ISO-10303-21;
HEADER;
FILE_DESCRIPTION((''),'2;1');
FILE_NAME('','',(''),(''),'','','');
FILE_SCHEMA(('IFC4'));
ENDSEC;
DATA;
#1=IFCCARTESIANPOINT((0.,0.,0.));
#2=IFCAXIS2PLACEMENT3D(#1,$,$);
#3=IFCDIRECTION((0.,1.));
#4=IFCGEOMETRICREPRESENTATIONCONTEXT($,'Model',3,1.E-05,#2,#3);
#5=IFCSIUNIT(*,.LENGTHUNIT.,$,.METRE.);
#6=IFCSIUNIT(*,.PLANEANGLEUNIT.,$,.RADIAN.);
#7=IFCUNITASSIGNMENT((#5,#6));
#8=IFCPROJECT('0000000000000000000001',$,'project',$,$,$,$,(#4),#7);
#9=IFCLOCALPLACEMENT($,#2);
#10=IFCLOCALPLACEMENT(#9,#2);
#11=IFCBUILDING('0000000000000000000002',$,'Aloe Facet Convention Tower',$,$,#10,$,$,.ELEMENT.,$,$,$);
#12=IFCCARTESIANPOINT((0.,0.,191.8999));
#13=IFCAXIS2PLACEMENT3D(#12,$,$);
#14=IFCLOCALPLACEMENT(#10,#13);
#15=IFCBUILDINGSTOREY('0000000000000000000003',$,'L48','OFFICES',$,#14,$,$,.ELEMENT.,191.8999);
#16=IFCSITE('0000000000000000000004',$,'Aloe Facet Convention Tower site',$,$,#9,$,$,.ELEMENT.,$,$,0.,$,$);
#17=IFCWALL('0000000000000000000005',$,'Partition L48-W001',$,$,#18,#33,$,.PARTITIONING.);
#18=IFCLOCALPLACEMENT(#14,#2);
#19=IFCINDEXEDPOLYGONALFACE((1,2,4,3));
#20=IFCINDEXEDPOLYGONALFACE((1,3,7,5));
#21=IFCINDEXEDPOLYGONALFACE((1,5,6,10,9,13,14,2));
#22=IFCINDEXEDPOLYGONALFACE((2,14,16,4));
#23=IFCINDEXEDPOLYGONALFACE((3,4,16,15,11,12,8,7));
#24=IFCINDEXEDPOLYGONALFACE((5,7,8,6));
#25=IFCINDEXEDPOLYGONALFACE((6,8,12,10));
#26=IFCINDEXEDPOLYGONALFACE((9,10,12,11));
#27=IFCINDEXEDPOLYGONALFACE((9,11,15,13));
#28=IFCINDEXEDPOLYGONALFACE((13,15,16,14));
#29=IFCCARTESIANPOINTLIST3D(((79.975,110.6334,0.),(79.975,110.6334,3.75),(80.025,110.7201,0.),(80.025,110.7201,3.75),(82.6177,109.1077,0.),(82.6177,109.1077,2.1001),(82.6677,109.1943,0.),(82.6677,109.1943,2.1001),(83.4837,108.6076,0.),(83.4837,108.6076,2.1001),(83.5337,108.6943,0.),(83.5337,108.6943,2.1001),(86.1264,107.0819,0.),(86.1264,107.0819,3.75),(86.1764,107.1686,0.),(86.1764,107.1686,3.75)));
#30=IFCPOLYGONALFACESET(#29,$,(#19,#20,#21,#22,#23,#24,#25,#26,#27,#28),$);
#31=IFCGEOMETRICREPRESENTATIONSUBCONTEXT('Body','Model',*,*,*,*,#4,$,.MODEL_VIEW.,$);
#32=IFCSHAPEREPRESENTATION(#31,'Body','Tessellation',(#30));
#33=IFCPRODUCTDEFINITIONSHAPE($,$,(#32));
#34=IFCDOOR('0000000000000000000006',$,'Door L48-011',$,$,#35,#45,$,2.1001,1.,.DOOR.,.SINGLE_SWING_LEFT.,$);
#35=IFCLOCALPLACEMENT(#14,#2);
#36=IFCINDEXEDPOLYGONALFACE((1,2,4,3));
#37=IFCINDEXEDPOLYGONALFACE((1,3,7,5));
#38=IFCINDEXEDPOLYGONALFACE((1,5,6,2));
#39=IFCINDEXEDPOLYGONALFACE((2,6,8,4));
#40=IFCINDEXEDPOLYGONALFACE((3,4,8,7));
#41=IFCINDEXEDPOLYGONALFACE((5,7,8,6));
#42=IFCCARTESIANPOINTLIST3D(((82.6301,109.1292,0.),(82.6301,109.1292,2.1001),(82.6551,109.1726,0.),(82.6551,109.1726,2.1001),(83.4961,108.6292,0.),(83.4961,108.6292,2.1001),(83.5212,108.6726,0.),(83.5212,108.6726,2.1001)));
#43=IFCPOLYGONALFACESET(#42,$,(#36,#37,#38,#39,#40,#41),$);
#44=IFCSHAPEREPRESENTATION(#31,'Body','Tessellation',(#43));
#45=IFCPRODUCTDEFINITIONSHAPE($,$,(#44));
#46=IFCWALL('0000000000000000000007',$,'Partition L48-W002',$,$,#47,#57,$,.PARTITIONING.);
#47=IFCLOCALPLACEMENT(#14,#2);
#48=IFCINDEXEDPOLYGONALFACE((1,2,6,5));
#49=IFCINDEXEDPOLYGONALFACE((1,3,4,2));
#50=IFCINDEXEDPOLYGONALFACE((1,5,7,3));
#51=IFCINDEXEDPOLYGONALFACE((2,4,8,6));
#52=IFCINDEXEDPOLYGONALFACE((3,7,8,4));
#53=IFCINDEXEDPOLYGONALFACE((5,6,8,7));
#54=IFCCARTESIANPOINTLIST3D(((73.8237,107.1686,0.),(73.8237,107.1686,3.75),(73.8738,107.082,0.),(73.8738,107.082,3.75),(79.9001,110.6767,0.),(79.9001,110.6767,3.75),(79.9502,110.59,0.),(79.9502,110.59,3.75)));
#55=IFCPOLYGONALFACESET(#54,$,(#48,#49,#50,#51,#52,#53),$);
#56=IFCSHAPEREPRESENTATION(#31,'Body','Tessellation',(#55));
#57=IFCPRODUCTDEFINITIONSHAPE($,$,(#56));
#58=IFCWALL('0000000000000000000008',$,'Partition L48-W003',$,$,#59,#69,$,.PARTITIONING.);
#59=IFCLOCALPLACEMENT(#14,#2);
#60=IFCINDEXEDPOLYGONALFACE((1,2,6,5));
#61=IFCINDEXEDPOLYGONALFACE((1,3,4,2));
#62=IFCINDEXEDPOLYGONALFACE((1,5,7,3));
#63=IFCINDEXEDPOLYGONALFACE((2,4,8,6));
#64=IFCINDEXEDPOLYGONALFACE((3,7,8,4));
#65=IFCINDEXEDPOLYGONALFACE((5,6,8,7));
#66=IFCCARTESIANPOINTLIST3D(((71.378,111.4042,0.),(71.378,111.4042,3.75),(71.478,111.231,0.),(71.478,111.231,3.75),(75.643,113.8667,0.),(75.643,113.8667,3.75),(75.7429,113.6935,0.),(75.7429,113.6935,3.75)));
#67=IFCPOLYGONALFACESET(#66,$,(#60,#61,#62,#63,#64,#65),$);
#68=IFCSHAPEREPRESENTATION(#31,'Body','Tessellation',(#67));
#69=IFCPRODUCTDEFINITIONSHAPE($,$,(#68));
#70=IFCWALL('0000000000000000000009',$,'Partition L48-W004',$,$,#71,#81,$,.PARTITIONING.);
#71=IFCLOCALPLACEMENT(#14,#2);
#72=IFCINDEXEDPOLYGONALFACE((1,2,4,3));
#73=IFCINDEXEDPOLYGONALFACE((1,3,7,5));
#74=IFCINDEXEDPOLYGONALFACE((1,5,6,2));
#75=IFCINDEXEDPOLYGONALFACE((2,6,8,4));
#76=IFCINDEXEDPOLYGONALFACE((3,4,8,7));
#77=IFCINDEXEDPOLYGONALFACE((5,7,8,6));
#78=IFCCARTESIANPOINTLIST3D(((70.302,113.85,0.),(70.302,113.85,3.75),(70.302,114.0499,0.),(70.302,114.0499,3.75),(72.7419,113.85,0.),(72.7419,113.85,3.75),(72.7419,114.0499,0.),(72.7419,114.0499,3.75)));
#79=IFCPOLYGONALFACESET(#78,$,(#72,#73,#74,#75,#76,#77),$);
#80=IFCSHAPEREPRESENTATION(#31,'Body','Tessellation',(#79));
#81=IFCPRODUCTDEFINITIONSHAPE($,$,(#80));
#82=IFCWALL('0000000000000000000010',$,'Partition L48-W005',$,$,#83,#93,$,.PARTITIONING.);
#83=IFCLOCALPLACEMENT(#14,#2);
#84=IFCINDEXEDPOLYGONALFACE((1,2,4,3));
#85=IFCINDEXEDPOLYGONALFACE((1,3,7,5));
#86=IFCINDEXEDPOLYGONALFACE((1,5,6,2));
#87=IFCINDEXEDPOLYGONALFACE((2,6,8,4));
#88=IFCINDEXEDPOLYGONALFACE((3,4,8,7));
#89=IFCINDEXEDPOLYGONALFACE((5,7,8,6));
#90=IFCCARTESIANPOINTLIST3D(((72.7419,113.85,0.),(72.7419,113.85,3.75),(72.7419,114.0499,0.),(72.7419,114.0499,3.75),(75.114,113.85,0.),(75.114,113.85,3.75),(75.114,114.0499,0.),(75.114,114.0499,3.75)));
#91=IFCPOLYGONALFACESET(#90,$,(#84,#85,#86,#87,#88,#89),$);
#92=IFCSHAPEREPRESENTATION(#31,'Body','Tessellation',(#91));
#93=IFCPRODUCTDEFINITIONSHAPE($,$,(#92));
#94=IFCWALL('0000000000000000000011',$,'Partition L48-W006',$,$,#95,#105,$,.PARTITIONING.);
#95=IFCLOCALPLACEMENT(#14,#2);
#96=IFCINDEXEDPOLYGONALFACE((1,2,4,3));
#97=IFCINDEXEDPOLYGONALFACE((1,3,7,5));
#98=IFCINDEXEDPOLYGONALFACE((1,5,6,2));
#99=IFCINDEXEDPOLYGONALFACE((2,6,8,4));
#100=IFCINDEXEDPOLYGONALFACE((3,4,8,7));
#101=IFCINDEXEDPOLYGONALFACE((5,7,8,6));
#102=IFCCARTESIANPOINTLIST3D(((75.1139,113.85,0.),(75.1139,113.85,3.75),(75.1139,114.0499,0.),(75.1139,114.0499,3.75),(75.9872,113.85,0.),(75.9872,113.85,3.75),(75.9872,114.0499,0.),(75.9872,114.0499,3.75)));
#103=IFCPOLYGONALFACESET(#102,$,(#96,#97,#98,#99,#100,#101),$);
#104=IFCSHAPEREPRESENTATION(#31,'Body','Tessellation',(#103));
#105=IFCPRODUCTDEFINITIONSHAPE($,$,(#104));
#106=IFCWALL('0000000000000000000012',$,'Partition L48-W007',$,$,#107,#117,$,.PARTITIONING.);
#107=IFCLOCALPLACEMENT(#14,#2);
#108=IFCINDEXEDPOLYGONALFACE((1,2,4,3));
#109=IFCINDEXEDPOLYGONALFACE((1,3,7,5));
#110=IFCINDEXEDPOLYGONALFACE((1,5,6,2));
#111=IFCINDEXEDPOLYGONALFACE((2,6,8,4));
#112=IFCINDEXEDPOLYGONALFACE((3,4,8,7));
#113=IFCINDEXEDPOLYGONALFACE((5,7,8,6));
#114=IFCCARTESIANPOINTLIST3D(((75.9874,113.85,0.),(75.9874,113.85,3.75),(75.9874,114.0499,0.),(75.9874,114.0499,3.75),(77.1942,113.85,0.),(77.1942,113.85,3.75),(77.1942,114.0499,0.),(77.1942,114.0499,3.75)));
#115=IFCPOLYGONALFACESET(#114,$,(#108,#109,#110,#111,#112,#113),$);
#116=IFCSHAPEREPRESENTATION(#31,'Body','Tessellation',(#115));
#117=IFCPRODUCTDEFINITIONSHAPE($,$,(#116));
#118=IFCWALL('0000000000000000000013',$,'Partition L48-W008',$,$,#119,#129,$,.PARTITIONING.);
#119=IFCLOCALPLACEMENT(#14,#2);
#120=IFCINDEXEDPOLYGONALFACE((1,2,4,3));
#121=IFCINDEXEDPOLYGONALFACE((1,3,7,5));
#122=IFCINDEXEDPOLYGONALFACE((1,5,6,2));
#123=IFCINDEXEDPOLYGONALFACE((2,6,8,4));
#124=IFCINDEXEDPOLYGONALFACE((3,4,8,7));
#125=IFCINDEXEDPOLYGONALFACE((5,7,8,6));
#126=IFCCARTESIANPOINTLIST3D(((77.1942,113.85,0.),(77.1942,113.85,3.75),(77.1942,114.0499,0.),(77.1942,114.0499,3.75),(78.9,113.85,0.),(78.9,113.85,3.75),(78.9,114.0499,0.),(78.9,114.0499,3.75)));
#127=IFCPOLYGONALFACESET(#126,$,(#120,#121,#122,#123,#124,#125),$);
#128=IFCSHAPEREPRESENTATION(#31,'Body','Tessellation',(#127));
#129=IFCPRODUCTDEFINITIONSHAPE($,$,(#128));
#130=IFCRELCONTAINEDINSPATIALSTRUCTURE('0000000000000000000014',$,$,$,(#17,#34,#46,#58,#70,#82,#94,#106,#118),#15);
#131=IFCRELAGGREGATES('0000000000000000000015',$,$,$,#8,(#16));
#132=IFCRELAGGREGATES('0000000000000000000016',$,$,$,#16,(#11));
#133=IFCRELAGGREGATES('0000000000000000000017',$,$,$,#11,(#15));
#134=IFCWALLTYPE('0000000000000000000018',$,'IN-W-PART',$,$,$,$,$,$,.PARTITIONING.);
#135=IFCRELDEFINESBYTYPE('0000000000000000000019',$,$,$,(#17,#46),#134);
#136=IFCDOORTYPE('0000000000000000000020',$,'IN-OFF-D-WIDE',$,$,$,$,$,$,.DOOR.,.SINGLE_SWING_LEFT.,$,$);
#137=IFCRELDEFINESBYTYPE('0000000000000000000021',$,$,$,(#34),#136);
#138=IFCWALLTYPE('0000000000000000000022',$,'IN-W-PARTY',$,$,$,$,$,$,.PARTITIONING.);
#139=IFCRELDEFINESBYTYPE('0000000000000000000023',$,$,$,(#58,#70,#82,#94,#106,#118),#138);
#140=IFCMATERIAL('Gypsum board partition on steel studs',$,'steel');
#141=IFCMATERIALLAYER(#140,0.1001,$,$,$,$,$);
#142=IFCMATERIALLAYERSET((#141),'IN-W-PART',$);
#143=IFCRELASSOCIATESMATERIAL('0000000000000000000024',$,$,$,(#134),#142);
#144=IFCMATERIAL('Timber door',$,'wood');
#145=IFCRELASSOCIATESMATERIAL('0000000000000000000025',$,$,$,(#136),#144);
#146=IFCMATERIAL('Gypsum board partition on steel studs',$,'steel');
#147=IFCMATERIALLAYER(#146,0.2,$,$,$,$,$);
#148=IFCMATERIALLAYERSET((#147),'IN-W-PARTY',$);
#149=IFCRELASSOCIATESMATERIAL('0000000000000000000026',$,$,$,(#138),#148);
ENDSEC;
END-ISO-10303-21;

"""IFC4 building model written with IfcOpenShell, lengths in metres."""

from ifc_helpers import new_model, si_unit, direction, frame, frame_2d, origin, place, context, subcontext, project, spatial, rectangle, extrude, material, layer, layer_set, type_object, element, fill, save


model = new_model("IFC4")

# Units and contexts
model_context = context("Model", 3, precision=1e-05, world=origin(), true_north=direction((0.0, 1.0)))
body_context = subcontext(model_context, "Body", "Model", "MODEL_VIEW")
ifc_project = project(units=[si_unit("LENGTHUNIT", "METRE"), si_unit("PLANEANGLEUNIT", "RADIAN")], contexts=[model_context])

# Site, building, storey
site_placement = place(None, origin())
site = spatial("IfcSite", under=ifc_project, at=site_placement, Name="Aloe Facet Convention Tower site", CompositionType="ELEMENT", RefElevation=0.0)
building_placement = place(site_placement, origin())
building = spatial("IfcBuilding", under=site, at=building_placement, Name="Aloe Facet Convention Tower", CompositionType="ELEMENT")
storey_placement = place(building_placement, frame((0.0, 0.0, 191.8999)))
storey = spatial("IfcBuildingStorey", under=building, at=storey_placement, Name="L48", Description="OFFICES", CompositionType="ELEMENT", Elevation=191.8999)

# Wall, opening, door
ifc_material_1 = material(Name="Gypsum board partition on steel studs", Category="steel")
ifc_layer_1 = layer(ifc_material_1, 0.1001)
ifc_layer_set_1 = layer_set([ifc_layer_1], Name="IN-W-PART")
wall_type_1 = type_object("IfcWallType", Name="IN-W-PART", PredefinedType="PARTITIONING", material=ifc_layer_set_1)
wall_1_placement = place(storey_placement, frame((80.0, 110.6768, 0.0), z_axis=(0.0, 0.0, 1.0), x_axis=(0.866024, -0.500002, 0.0)))
wall_1 = element("IfcWall", 1, at=wall_1_placement, inside=storey, type_object=wall_type_1, Name="Partition L48-W001", PredefinedType="PARTITIONING", context=body_context, shape_type="SweptSolid", body=[
    extrude(rectangle(XDim=7.103, YDim=0.1001, at=frame_2d((3.5515, 0.0))), origin(), (0.0, 0.0, 1.0), 3.75),
])
opening_placement = place(wall_1_placement, frame((3.0515, 0.0, 0.0)))
opening = element("IfcOpeningElement", 2, at=opening_placement, cuts=wall_1, PredefinedType="OPENING", context=body_context, shape_type="SweptSolid", body=[
    extrude(rectangle(XDim=1.0, YDim=2.1001, at=frame_2d((0.5, 1.05))), frame((0.0, 0.0601, 0.0), z_axis=(0.0, -1.0, 0.0), x_axis=(1.0, 0.0, 0.0)), (0.0, 0.0, 1.0), 0.1201),
])
ifc_material_2 = material(Name="Timber door", Category="wood")
door_type = type_object("IfcDoorType", Name="IN-OFF-D-WIDE", OperationType="SINGLE_SWING_LEFT", PredefinedType="DOOR", material=ifc_material_2)
door_placement = place(opening_placement, origin())
door = element("IfcDoor", 3, at=door_placement, inside=storey, type_object=door_type, Name="Door L48-011", OperationType="SINGLE_SWING_LEFT", OverallHeight=2.1001, OverallWidth=1.0, PredefinedType="DOOR", context=body_context, shape_type="SweptSolid", body=[
    extrude(rectangle(XDim=1.0, YDim=2.1001, at=frame_2d((0.5, 1.05))), frame((0.0, 0.0249, 0.0), z_axis=(0.0, -1.0, 0.0), x_axis=(1.0, 0.0, 0.0)), (0.0, 0.0, 1.0), 0.05),
])
fill(opening, door)

# Walls
wall_2_placement = place(storey_placement, frame((73.8486, 107.1252, 0.0), z_axis=(0.0, 0.0, 1.0), x_axis=(0.866036, 0.499982, 0.0)))
element("IfcWall", 4, at=wall_2_placement, inside=storey, type_object=wall_type_1, Name="Partition L48-W002", PredefinedType="PARTITIONING", context=body_context, shape_type="SweptSolid", body=[
    extrude(rectangle(XDim=7.0164, YDim=0.1001, at=frame_2d((3.5083, 0.0))), origin(), (0.0, 0.0, 1.0), 3.75),
])
ifc_material_3 = material(Name="Gypsum board partition on steel studs", Category="steel")
ifc_layer_2 = layer(ifc_material_3, 0.2)
ifc_layer_set_2 = layer_set([ifc_layer_2], Name="IN-W-PARTY")
wall_type_2 = type_object("IfcWallType", Name="IN-W-PARTY", PredefinedType="PARTITIONING", material=ifc_layer_set_2)
wall_3_placement = place(storey_placement, frame((71.428, 111.3176, 0.0), z_axis=(0.0, 0.0, 1.0), x_axis=(0.86602, 0.50001, 0.0)))
element("IfcWall", 5, at=wall_3_placement, inside=storey, type_object=wall_type_2, Name="Partition L48-W003", PredefinedType="PARTITIONING", context=body_context, shape_type="SweptSolid", body=[
    extrude(rectangle(XDim=4.9248, YDim=0.2, at=frame_2d((2.4624, 0.0))), origin(), (0.0, 0.0, 1.0), 3.75),
])
wall_4_placement = place(storey_placement, frame((70.302, 113.95, 0.0), z_axis=(0.0, 0.0, 1.0), x_axis=(1.0, 0.0, 0.0)))
element("IfcWall", 6, at=wall_4_placement, inside=storey, type_object=wall_type_2, Name="Partition L48-W004", PredefinedType="PARTITIONING", context=body_context, shape_type="SweptSolid", body=[
    extrude(rectangle(XDim=2.4399, YDim=0.2, at=frame_2d((1.22, 0.0))), origin(), (0.0, 0.0, 1.0), 3.75),
])
wall_5_placement = place(storey_placement, frame((72.7419, 113.95, 0.0), z_axis=(0.0, 0.0, 1.0), x_axis=(1.0, 0.0, 0.0)))
element("IfcWall", 7, at=wall_5_placement, inside=storey, type_object=wall_type_2, Name="Partition L48-W005", PredefinedType="PARTITIONING", context=body_context, shape_type="SweptSolid", body=[
    extrude(rectangle(XDim=2.3721, YDim=0.2, at=frame_2d((1.186, 0.0))), origin(), (0.0, 0.0, 1.0), 3.75),
])
wall_6_placement = place(storey_placement, frame((75.114, 113.95, 0.0), z_axis=(0.0, 0.0, 1.0), x_axis=(1.0, 0.0, 0.0)))
element("IfcWall", 8, at=wall_6_placement, inside=storey, type_object=wall_type_2, Name="Partition L48-W006", PredefinedType="PARTITIONING", context=body_context, shape_type="SweptSolid", body=[
    extrude(rectangle(XDim=0.8733, YDim=0.2, at=frame_2d((0.4365, 0.0))), origin(), (0.0, 0.0, 1.0), 3.75),
])
wall_7_placement = place(storey_placement, frame((75.9873, 113.95, 0.0), z_axis=(0.0, 0.0, 1.0), x_axis=(1.0, 0.0, 0.0)))
element("IfcWall", 9, at=wall_7_placement, inside=storey, type_object=wall_type_2, Name="Partition L48-W007", PredefinedType="PARTITIONING", context=body_context, shape_type="SweptSolid", body=[
    extrude(rectangle(XDim=1.2068, YDim=0.2, at=frame_2d((0.6035, 0.0))), origin(), (0.0, 0.0, 1.0), 3.75),
])
wall_8_placement = place(storey_placement, frame((77.1941, 113.95, 0.0), z_axis=(0.0, 0.0, 1.0), x_axis=(1.0, 0.0, 0.0)))
element("IfcWall", 10, at=wall_8_placement, inside=storey, type_object=wall_type_2, Name="Partition L48-W008", PredefinedType="PARTITIONING", context=body_context, shape_type="SweptSolid", body=[
    extrude(rectangle(XDim=1.7058, YDim=0.2, at=frame_2d((0.853, 0.0))), origin(), (0.0, 0.0, 1.0), 3.75),
])

save(model, "model.ifc")
